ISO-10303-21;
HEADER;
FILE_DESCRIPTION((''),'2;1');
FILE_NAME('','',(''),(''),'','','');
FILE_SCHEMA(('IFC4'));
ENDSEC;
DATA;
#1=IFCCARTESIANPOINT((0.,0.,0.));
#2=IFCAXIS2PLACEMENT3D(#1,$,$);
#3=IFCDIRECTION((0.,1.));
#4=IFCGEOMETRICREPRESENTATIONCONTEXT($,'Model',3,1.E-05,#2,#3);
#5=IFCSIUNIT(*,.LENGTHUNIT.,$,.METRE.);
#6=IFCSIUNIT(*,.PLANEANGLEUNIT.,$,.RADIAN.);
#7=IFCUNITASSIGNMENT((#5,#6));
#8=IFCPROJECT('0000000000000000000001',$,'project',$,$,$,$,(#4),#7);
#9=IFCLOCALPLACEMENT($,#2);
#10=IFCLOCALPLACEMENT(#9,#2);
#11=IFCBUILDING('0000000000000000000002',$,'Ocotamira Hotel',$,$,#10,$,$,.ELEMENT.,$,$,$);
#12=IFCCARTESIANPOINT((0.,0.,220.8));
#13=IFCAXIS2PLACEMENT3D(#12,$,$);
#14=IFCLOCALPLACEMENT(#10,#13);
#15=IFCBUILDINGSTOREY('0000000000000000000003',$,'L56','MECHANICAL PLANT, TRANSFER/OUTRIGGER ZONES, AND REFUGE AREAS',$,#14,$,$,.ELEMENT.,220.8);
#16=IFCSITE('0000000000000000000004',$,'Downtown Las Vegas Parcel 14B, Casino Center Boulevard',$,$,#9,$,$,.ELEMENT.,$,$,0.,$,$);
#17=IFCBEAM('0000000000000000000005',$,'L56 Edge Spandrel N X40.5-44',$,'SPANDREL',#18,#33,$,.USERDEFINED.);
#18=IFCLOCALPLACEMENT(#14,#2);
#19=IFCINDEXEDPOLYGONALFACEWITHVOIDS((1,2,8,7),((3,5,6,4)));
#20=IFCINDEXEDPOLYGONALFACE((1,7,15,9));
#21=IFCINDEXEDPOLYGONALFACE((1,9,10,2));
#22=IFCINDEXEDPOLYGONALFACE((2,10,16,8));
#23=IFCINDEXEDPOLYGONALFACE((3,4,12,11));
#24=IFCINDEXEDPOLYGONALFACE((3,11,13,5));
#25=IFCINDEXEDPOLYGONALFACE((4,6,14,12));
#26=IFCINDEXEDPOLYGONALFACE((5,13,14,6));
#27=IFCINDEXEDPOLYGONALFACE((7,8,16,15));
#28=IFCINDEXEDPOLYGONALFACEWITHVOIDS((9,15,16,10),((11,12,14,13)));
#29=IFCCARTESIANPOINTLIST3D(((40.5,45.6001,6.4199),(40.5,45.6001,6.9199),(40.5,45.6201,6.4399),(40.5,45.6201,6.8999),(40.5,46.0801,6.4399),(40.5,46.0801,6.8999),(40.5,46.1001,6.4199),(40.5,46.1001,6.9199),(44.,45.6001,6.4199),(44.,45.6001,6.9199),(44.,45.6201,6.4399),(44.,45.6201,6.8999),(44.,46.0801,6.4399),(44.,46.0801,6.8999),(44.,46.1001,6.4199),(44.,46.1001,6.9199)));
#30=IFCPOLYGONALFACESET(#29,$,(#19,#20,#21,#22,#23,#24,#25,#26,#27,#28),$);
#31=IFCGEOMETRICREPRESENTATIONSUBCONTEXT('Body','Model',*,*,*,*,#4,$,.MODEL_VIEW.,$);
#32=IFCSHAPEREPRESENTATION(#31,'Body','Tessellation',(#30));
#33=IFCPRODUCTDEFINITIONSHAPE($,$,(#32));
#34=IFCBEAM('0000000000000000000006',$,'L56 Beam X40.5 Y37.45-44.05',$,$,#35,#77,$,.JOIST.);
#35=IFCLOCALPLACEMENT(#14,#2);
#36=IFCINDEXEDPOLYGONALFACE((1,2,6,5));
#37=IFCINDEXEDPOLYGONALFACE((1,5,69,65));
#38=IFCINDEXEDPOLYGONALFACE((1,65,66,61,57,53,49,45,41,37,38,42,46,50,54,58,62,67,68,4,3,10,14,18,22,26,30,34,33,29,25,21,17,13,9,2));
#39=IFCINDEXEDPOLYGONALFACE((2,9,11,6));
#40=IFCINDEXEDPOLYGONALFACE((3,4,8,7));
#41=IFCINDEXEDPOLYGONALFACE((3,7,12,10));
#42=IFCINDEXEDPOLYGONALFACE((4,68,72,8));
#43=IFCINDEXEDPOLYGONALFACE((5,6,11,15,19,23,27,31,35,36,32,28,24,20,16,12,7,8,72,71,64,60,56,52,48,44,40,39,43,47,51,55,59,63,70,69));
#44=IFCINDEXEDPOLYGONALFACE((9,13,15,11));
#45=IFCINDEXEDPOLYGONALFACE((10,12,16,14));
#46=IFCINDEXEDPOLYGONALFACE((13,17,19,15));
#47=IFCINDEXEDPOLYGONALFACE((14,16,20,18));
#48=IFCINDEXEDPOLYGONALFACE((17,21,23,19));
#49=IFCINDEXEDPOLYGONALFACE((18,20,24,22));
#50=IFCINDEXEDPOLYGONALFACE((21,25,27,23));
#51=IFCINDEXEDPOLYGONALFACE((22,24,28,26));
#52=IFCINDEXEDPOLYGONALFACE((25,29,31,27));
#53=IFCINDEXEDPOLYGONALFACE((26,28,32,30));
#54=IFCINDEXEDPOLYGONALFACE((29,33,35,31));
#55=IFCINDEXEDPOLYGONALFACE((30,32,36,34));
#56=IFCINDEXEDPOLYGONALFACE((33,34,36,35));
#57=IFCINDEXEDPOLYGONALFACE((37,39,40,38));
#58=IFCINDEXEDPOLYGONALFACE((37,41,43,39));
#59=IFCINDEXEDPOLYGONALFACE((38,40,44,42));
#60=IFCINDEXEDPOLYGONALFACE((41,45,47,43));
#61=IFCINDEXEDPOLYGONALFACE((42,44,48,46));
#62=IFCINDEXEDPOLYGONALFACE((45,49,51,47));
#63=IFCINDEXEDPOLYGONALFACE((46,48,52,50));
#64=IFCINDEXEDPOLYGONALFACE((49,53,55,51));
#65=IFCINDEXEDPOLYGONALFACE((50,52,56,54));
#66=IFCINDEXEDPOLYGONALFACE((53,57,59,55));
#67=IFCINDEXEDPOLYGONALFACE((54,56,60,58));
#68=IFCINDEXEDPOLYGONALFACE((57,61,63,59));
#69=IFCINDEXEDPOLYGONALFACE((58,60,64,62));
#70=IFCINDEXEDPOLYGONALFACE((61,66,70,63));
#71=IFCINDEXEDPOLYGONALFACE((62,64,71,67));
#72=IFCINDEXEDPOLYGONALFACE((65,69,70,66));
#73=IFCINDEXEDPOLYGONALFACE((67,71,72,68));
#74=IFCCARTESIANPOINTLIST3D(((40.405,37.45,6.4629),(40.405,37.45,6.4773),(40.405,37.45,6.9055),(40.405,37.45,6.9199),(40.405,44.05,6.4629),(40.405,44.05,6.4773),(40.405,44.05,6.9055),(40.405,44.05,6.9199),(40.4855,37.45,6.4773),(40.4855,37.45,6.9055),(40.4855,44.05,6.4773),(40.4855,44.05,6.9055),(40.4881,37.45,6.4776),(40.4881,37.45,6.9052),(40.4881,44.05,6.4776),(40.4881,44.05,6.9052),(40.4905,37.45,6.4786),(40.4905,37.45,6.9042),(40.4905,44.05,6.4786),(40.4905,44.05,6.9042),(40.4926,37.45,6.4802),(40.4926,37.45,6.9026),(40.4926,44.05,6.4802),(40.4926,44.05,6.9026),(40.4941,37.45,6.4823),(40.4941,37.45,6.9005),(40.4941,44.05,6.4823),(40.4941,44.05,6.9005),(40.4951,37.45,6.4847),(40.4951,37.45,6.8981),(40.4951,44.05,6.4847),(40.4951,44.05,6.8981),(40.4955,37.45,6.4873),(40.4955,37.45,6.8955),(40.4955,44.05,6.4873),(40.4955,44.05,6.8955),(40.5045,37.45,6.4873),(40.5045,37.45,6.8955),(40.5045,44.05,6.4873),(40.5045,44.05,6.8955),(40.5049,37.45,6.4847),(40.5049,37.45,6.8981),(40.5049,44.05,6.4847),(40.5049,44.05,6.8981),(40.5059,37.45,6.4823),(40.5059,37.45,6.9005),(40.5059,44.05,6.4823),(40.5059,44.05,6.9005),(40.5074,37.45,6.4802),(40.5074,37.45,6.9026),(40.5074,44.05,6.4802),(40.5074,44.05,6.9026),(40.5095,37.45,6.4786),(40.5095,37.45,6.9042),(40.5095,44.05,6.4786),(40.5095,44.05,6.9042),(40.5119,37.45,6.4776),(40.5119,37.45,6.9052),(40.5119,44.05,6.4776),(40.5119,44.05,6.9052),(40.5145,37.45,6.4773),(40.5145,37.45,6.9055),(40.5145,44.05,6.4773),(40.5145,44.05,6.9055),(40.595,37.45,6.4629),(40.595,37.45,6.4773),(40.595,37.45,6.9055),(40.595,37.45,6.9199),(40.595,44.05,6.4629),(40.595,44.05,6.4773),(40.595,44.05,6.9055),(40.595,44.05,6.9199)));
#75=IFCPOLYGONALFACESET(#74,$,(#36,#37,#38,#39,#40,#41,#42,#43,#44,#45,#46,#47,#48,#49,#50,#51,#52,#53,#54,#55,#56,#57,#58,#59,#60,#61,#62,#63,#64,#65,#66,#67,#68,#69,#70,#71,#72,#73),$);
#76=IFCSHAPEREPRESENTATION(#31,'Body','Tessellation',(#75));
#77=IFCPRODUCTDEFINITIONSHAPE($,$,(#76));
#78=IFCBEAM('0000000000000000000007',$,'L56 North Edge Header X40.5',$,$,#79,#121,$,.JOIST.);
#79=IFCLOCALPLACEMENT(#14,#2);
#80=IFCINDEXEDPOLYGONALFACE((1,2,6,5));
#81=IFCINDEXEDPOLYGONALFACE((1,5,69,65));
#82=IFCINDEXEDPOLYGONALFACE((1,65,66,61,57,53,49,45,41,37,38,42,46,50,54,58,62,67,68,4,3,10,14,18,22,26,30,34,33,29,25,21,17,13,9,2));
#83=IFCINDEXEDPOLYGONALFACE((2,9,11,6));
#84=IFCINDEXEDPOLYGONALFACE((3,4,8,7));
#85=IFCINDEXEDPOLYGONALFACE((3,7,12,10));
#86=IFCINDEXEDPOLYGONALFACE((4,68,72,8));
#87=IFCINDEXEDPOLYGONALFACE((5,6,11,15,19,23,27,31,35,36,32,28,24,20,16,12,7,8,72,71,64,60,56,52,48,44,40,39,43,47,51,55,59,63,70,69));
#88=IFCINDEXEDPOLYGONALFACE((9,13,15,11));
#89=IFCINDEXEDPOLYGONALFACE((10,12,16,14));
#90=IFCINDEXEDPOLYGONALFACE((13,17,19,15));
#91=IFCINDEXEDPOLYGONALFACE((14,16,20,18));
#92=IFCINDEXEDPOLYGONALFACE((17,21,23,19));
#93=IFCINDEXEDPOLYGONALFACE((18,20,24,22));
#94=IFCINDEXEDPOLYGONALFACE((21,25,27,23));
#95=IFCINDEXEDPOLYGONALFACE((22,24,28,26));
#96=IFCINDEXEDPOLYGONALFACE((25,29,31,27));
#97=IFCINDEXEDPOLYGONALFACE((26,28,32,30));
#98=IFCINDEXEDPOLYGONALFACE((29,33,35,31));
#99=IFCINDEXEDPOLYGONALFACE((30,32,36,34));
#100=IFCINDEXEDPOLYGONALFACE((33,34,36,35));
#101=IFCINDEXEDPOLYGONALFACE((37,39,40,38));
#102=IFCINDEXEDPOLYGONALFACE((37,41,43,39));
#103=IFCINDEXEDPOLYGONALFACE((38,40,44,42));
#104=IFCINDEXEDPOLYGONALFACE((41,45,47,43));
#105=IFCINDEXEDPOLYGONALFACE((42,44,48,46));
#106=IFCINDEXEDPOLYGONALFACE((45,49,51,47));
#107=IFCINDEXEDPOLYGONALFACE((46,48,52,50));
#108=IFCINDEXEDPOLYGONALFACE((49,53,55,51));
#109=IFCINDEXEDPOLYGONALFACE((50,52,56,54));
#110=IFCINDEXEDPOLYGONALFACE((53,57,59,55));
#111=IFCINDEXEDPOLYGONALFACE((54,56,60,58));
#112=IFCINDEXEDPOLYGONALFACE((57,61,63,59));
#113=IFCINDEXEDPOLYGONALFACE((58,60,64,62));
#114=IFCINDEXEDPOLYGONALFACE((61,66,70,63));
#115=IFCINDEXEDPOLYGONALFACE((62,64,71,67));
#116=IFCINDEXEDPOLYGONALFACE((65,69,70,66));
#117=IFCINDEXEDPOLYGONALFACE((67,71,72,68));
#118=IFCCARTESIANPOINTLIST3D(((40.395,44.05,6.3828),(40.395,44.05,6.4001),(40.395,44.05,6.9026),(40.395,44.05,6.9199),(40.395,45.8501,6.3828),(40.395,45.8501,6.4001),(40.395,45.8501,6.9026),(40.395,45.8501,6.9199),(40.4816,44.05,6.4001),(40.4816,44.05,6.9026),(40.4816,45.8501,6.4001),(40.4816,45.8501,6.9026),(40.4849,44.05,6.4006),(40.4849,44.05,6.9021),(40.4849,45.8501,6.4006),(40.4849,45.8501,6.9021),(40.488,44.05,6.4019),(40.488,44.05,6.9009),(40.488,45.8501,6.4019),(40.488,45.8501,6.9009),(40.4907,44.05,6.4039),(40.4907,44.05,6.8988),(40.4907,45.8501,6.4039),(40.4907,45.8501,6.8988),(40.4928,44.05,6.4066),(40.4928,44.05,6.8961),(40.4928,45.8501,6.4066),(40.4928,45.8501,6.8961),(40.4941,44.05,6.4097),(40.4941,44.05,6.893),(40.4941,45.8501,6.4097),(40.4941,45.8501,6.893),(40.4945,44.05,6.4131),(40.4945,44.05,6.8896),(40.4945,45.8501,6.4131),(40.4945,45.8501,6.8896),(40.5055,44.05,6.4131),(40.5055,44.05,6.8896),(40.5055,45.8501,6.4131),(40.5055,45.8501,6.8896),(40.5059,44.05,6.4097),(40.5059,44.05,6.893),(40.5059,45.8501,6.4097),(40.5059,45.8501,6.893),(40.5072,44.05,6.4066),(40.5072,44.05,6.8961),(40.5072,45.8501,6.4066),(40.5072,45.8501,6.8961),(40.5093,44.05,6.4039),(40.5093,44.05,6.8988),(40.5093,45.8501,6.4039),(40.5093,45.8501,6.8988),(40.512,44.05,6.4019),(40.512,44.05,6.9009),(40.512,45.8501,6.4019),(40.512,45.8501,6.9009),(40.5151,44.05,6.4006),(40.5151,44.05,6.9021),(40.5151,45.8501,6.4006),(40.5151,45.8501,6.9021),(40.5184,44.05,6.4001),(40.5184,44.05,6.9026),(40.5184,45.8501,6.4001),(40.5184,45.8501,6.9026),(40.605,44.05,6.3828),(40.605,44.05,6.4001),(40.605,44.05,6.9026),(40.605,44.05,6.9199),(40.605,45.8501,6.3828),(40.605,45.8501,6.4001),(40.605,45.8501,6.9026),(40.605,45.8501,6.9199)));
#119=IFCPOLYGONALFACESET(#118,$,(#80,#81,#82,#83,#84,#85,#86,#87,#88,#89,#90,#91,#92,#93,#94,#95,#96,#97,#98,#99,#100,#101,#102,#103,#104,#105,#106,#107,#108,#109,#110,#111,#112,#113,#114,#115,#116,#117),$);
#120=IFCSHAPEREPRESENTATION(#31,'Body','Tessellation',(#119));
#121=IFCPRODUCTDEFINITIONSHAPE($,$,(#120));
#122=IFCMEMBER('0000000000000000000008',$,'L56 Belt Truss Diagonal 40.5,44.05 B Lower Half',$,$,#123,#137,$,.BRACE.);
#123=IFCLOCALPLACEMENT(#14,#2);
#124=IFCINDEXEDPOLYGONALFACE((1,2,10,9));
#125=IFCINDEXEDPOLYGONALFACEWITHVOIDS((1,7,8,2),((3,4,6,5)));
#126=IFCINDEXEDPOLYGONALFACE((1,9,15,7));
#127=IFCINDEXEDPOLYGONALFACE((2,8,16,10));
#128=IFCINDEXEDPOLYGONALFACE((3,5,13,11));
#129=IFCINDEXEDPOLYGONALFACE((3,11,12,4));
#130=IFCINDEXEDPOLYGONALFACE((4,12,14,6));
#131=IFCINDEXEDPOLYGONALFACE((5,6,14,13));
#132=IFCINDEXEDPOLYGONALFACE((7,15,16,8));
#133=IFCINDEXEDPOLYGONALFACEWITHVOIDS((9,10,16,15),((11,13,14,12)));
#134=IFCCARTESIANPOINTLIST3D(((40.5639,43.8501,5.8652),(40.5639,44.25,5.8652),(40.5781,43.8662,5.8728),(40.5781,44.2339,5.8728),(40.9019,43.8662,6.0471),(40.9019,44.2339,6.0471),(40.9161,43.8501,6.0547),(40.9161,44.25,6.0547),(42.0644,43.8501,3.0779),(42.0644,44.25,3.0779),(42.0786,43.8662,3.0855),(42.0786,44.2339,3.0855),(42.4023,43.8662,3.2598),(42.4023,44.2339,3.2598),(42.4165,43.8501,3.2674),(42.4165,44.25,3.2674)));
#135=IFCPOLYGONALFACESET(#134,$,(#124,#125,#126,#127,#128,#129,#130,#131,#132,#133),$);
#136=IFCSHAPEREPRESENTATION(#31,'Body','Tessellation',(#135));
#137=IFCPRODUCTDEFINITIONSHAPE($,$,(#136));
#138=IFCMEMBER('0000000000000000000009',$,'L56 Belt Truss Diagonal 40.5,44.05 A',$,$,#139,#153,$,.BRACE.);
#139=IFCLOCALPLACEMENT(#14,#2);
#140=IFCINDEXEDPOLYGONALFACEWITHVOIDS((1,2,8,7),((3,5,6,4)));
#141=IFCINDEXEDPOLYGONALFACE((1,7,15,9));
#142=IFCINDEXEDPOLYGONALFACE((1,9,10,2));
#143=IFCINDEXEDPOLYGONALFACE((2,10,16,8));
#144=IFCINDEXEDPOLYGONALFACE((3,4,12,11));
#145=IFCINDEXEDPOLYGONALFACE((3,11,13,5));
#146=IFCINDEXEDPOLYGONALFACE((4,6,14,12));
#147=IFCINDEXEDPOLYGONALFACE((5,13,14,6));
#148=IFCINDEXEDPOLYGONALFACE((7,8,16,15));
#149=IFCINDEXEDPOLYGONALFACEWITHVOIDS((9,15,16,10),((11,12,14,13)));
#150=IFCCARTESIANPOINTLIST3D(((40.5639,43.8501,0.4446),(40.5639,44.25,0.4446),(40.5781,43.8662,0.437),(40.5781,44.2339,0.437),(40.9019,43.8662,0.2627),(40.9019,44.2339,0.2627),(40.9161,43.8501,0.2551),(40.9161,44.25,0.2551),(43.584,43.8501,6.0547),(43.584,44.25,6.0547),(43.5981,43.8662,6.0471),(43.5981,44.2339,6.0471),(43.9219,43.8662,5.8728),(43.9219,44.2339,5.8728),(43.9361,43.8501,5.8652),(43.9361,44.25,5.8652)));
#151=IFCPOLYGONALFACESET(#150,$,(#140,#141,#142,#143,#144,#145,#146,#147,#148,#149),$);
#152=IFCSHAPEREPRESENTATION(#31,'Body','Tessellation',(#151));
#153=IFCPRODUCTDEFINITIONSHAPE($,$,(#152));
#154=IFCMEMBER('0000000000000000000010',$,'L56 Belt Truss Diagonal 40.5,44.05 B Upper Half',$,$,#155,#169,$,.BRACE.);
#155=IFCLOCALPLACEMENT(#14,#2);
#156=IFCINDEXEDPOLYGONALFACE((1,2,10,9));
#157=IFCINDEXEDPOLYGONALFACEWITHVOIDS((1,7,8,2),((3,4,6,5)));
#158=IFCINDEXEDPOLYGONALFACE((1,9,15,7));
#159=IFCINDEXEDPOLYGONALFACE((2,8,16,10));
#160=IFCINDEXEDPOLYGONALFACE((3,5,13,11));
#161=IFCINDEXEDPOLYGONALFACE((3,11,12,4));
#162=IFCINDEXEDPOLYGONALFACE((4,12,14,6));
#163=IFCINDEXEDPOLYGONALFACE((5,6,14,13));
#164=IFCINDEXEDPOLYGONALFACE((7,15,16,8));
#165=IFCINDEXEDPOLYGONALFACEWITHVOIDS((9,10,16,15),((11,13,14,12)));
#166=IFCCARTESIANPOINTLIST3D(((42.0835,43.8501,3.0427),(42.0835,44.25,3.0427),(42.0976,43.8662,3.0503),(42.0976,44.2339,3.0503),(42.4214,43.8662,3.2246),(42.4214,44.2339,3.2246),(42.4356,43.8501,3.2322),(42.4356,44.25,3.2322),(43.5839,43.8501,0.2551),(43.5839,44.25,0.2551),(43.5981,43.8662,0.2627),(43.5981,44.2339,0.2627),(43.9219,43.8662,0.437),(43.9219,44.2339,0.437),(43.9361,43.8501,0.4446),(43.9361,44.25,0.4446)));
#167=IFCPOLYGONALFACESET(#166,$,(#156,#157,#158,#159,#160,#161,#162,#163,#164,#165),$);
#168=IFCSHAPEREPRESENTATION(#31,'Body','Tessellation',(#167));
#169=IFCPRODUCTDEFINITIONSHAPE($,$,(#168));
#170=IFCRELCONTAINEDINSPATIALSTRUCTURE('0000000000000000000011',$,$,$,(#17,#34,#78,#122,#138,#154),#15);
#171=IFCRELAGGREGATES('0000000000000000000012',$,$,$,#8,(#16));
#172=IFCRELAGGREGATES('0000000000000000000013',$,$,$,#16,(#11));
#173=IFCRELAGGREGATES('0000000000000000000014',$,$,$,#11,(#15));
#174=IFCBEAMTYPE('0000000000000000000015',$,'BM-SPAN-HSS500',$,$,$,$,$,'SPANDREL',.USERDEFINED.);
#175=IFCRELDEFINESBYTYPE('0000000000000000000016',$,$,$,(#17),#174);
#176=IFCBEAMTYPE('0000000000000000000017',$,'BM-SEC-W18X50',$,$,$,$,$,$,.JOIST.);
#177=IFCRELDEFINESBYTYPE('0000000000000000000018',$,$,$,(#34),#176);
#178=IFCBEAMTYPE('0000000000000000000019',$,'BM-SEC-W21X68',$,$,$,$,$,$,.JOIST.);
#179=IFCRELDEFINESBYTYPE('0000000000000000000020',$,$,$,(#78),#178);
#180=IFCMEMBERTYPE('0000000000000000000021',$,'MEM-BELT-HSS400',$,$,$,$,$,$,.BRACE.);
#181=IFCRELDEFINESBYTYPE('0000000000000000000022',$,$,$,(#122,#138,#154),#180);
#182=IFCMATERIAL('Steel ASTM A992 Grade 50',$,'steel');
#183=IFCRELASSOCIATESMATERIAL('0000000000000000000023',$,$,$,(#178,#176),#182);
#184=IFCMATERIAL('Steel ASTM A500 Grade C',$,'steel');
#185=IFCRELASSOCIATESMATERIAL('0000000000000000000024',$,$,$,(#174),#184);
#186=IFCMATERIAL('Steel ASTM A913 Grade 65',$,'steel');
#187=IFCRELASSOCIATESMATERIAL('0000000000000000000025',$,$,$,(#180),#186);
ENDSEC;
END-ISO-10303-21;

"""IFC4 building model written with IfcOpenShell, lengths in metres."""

from ifc_helpers import new_model, si_unit, direction, frame, origin, origin_2d, place, context, subcontext, project, spatial, hollow_rectangle, i_section, extrude, source, transform, mapped, material, material_profile, profile_set, type_object, element, save


model = new_model("IFC4")

# Units and contexts
model_context = context("Model", 3, precision=1e-05, world=origin(), true_north=direction((0.0, 1.0)))
body_context = subcontext(model_context, "Body", "Model", "MODEL_VIEW")
ifc_project = project(units=[si_unit("LENGTHUNIT", "METRE"), si_unit("PLANEANGLEUNIT", "RADIAN")], contexts=[model_context])

# Site, building, storey
site_placement = place(None, origin())
site = spatial("IfcSite", under=ifc_project, at=site_placement, Name="Downtown Las Vegas Parcel 14B, Casino Center Boulevard", CompositionType="ELEMENT", RefElevation=0.0)
building_placement = place(site_placement, origin())
building = spatial("IfcBuilding", under=site, at=building_placement, Name="Ocotamira Hotel", CompositionType="ELEMENT")
storey_placement = place(building_placement, frame((0.0, 0.0, 220.8)))
storey = spatial("IfcBuildingStorey", under=building, at=storey_placement, Name="L56", Description="MECHANICAL PLANT, TRANSFER/OUTRIGGER ZONES, AND REFUGE AREAS", CompositionType="ELEMENT", Elevation=220.8)

# Shared definitions
ifc_material_1 = material(Name="Steel ASTM A913 Grade 65", Category="steel")

# Beams
ifc_material_2 = material(Name="Steel ASTM A500 Grade C", Category="steel")
ifc_material_3 = material(Name="Steel ASTM A992 Grade 50", Category="steel")
ifc_material_profile_1 = material_profile(ifc_material_3, i_section(OverallWidth=0.21, OverallDepth=0.5371, WebThickness=0.011, FlangeThickness=0.0173, FilletRadius=0.0129, at=origin_2d()), Name="W21X68")
ifc_profile_set_1 = profile_set([ifc_material_profile_1], Name="Steel ASTM A992 Grade 50")
beam_type_1 = type_object("IfcBeamType", Name="BM-SEC-W21X68", PredefinedType="JOIST", material=ifc_profile_set_1)
ifc_material_profile_2 = material_profile(ifc_material_2, hollow_rectangle(XDim=0.5, YDim=0.5, WallThickness=0.02, at=origin_2d()), Name="HSS500X500X20")
ifc_profile_set_2 = profile_set([ifc_material_profile_2], Name="Steel ASTM A500 Grade C")
beam_type_2 = type_object("IfcBeamType", Name="BM-SPAN-HSS500", ElementType="SPANDREL", PredefinedType="USERDEFINED", material=ifc_profile_set_2)
shared_shape_1 = source(origin(), body_context, "Body", "SweptSolid", [
    extrude(hollow_rectangle(XDim=0.5, YDim=0.5, WallThickness=0.02, at=origin_2d()), origin(), (0.0, 0.0, 1.0), 3.5),
])
beam_1_placement = place(storey_placement, frame((40.5, 45.8501, 6.6699), z_axis=(1.0, 0.0, 0.0), x_axis=(0.0, 1.0, 0.0)))
element("IfcBeam", 1, at=beam_1_placement, inside=storey, type_object=beam_type_2, Name="L56 Edge Spandrel N X40.5-44", ObjectType="SPANDREL", PredefinedType="USERDEFINED", context=body_context, shape_type="MappedRepresentation", body=[
    mapped(shared_shape_1, transform((0.0, 0.0, 0.0), scale=1.0)),
])
ifc_material_profile_3 = material_profile(ifc_material_3, i_section(OverallWidth=0.1899, OverallDepth=0.457, WebThickness=0.009, FlangeThickness=0.0144, FilletRadius=0.01, at=origin_2d()), Name="W18X50")
ifc_profile_set_3 = profile_set([ifc_material_profile_3], Name="Steel ASTM A992 Grade 50")
beam_type_3 = type_object("IfcBeamType", Name="BM-SEC-W18X50", PredefinedType="JOIST", material=ifc_profile_set_3)
shared_shape_2 = source(origin(), body_context, "Body", "SweptSolid", [
    extrude(i_section(OverallWidth=0.1899, OverallDepth=0.457, WebThickness=0.009, FlangeThickness=0.0144, FilletRadius=0.01, at=origin_2d()), origin(), (0.0, 0.0, 1.0), 6.6001),
])
beam_2_placement = place(storey_placement, frame((40.5, 37.45, 6.6914), z_axis=(0.0, 1.0, 0.0), x_axis=(-1.0, 0.0, 0.0)))
element("IfcBeam", 2, at=beam_2_placement, inside=storey, type_object=beam_type_3, Name="L56 Beam X40.5 Y37.45-44.05", PredefinedType="JOIST", context=body_context, shape_type="MappedRepresentation", body=[
    mapped(shared_shape_2, transform((0.0, 0.0, 0.0), scale=1.0)),
])
shared_shape_3 = source(origin(), body_context, "Body", "SweptSolid", [
    extrude(i_section(OverallWidth=0.21, OverallDepth=0.5371, WebThickness=0.011, FlangeThickness=0.0173, FilletRadius=0.0129, at=origin_2d()), origin(), (0.0, 0.0, 1.0), 1.8),
])
beam_3_placement = place(storey_placement, frame((40.5, 44.05, 6.6514), z_axis=(0.0, 1.0, 0.0), x_axis=(-1.0, 0.0, 0.0)))
element("IfcBeam", 3, at=beam_3_placement, inside=storey, type_object=beam_type_1, Name="L56 North Edge Header X40.5", PredefinedType="JOIST", context=body_context, shape_type="MappedRepresentation", body=[
    mapped(shared_shape_3, transform((0.0, 0.0, 0.0), scale=1.0)),
])

# Members
ifc_material_profile_4 = material_profile(ifc_material_1, hollow_rectangle(XDim=0.3999, YDim=0.3999, WallThickness=0.0161, at=origin_2d()), Name="HSS400X400X16")
ifc_profile_set_4 = profile_set([ifc_material_profile_4], Name="Steel ASTM A913 Grade 65")
member_type_1 = type_object("IfcMemberType", Name="MEM-BELT-HSS400", PredefinedType="BRACE", material=ifc_profile_set_4)
shared_shape_4 = source(origin(), body_context, "Body", "SweptSolid", [
    extrude(hollow_rectangle(XDim=0.3999, YDim=0.3999, WallThickness=0.0161, at=origin_2d()), origin(), (0.0, 0.0, 1.0), 3.1655),
])
member_1_placement = place(storey_placement, frame((40.74, 44.05, 5.96), z_axis=(0.474003, 0.0, -0.880523), x_axis=(0.0, 1.0, 0.0)))
element("IfcMember", 4, at=member_1_placement, inside=storey, type_object=member_type_1, Name="L56 Belt Truss Diagonal 40.5,44.05 B Lower Half", PredefinedType="BRACE", context=body_context, shape_type="MappedRepresentation", body=[
    mapped(shared_shape_4, transform((0.0, 0.0, 0.0), scale=1.0)),
])
shared_shape_5 = source(origin(), body_context, "Body", "SweptSolid", [
    extrude(hollow_rectangle(XDim=0.3999, YDim=0.3999, WallThickness=0.0161, at=origin_2d()), origin(), (0.0, 0.0, 1.0), 6.3713),
])
member_2_placement = place(storey_placement, frame((40.74, 44.05, 0.3499), z_axis=(0.474002, 0.0, 0.880524), x_axis=(0.0, 1.0, 0.0)))
element("IfcMember", 5, at=member_2_placement, inside=storey, type_object=member_type_1, Name="L56 Belt Truss Diagonal 40.5,44.05 A", PredefinedType="BRACE", context=body_context, shape_type="MappedRepresentation", body=[
    mapped(shared_shape_5, transform((0.0, 0.0, 0.0), scale=1.0)),
])
shared_shape_6 = source(origin(), body_context, "Body", "SweptSolid", [
    extrude(hollow_rectangle(XDim=0.3999, YDim=0.3999, WallThickness=0.0161, at=origin_2d()), origin(), (0.0, 0.0, 1.0), 3.1658),
])
member_3_placement = place(storey_placement, frame((42.2595, 44.05, 3.1375), z_axis=(0.473971, 0.0, -0.88054), x_axis=(0.0, 1.0, 0.0)))
element("IfcMember", 6, at=member_3_placement, inside=storey, type_object=member_type_1, Name="L56 Belt Truss Diagonal 40.5,44.05 B Upper Half", PredefinedType="BRACE", context=body_context, shape_type="MappedRepresentation", body=[
    mapped(shared_shape_6, transform((0.0, 0.0, 0.0), scale=1.0)),
])

save(model, "model.ifc")
